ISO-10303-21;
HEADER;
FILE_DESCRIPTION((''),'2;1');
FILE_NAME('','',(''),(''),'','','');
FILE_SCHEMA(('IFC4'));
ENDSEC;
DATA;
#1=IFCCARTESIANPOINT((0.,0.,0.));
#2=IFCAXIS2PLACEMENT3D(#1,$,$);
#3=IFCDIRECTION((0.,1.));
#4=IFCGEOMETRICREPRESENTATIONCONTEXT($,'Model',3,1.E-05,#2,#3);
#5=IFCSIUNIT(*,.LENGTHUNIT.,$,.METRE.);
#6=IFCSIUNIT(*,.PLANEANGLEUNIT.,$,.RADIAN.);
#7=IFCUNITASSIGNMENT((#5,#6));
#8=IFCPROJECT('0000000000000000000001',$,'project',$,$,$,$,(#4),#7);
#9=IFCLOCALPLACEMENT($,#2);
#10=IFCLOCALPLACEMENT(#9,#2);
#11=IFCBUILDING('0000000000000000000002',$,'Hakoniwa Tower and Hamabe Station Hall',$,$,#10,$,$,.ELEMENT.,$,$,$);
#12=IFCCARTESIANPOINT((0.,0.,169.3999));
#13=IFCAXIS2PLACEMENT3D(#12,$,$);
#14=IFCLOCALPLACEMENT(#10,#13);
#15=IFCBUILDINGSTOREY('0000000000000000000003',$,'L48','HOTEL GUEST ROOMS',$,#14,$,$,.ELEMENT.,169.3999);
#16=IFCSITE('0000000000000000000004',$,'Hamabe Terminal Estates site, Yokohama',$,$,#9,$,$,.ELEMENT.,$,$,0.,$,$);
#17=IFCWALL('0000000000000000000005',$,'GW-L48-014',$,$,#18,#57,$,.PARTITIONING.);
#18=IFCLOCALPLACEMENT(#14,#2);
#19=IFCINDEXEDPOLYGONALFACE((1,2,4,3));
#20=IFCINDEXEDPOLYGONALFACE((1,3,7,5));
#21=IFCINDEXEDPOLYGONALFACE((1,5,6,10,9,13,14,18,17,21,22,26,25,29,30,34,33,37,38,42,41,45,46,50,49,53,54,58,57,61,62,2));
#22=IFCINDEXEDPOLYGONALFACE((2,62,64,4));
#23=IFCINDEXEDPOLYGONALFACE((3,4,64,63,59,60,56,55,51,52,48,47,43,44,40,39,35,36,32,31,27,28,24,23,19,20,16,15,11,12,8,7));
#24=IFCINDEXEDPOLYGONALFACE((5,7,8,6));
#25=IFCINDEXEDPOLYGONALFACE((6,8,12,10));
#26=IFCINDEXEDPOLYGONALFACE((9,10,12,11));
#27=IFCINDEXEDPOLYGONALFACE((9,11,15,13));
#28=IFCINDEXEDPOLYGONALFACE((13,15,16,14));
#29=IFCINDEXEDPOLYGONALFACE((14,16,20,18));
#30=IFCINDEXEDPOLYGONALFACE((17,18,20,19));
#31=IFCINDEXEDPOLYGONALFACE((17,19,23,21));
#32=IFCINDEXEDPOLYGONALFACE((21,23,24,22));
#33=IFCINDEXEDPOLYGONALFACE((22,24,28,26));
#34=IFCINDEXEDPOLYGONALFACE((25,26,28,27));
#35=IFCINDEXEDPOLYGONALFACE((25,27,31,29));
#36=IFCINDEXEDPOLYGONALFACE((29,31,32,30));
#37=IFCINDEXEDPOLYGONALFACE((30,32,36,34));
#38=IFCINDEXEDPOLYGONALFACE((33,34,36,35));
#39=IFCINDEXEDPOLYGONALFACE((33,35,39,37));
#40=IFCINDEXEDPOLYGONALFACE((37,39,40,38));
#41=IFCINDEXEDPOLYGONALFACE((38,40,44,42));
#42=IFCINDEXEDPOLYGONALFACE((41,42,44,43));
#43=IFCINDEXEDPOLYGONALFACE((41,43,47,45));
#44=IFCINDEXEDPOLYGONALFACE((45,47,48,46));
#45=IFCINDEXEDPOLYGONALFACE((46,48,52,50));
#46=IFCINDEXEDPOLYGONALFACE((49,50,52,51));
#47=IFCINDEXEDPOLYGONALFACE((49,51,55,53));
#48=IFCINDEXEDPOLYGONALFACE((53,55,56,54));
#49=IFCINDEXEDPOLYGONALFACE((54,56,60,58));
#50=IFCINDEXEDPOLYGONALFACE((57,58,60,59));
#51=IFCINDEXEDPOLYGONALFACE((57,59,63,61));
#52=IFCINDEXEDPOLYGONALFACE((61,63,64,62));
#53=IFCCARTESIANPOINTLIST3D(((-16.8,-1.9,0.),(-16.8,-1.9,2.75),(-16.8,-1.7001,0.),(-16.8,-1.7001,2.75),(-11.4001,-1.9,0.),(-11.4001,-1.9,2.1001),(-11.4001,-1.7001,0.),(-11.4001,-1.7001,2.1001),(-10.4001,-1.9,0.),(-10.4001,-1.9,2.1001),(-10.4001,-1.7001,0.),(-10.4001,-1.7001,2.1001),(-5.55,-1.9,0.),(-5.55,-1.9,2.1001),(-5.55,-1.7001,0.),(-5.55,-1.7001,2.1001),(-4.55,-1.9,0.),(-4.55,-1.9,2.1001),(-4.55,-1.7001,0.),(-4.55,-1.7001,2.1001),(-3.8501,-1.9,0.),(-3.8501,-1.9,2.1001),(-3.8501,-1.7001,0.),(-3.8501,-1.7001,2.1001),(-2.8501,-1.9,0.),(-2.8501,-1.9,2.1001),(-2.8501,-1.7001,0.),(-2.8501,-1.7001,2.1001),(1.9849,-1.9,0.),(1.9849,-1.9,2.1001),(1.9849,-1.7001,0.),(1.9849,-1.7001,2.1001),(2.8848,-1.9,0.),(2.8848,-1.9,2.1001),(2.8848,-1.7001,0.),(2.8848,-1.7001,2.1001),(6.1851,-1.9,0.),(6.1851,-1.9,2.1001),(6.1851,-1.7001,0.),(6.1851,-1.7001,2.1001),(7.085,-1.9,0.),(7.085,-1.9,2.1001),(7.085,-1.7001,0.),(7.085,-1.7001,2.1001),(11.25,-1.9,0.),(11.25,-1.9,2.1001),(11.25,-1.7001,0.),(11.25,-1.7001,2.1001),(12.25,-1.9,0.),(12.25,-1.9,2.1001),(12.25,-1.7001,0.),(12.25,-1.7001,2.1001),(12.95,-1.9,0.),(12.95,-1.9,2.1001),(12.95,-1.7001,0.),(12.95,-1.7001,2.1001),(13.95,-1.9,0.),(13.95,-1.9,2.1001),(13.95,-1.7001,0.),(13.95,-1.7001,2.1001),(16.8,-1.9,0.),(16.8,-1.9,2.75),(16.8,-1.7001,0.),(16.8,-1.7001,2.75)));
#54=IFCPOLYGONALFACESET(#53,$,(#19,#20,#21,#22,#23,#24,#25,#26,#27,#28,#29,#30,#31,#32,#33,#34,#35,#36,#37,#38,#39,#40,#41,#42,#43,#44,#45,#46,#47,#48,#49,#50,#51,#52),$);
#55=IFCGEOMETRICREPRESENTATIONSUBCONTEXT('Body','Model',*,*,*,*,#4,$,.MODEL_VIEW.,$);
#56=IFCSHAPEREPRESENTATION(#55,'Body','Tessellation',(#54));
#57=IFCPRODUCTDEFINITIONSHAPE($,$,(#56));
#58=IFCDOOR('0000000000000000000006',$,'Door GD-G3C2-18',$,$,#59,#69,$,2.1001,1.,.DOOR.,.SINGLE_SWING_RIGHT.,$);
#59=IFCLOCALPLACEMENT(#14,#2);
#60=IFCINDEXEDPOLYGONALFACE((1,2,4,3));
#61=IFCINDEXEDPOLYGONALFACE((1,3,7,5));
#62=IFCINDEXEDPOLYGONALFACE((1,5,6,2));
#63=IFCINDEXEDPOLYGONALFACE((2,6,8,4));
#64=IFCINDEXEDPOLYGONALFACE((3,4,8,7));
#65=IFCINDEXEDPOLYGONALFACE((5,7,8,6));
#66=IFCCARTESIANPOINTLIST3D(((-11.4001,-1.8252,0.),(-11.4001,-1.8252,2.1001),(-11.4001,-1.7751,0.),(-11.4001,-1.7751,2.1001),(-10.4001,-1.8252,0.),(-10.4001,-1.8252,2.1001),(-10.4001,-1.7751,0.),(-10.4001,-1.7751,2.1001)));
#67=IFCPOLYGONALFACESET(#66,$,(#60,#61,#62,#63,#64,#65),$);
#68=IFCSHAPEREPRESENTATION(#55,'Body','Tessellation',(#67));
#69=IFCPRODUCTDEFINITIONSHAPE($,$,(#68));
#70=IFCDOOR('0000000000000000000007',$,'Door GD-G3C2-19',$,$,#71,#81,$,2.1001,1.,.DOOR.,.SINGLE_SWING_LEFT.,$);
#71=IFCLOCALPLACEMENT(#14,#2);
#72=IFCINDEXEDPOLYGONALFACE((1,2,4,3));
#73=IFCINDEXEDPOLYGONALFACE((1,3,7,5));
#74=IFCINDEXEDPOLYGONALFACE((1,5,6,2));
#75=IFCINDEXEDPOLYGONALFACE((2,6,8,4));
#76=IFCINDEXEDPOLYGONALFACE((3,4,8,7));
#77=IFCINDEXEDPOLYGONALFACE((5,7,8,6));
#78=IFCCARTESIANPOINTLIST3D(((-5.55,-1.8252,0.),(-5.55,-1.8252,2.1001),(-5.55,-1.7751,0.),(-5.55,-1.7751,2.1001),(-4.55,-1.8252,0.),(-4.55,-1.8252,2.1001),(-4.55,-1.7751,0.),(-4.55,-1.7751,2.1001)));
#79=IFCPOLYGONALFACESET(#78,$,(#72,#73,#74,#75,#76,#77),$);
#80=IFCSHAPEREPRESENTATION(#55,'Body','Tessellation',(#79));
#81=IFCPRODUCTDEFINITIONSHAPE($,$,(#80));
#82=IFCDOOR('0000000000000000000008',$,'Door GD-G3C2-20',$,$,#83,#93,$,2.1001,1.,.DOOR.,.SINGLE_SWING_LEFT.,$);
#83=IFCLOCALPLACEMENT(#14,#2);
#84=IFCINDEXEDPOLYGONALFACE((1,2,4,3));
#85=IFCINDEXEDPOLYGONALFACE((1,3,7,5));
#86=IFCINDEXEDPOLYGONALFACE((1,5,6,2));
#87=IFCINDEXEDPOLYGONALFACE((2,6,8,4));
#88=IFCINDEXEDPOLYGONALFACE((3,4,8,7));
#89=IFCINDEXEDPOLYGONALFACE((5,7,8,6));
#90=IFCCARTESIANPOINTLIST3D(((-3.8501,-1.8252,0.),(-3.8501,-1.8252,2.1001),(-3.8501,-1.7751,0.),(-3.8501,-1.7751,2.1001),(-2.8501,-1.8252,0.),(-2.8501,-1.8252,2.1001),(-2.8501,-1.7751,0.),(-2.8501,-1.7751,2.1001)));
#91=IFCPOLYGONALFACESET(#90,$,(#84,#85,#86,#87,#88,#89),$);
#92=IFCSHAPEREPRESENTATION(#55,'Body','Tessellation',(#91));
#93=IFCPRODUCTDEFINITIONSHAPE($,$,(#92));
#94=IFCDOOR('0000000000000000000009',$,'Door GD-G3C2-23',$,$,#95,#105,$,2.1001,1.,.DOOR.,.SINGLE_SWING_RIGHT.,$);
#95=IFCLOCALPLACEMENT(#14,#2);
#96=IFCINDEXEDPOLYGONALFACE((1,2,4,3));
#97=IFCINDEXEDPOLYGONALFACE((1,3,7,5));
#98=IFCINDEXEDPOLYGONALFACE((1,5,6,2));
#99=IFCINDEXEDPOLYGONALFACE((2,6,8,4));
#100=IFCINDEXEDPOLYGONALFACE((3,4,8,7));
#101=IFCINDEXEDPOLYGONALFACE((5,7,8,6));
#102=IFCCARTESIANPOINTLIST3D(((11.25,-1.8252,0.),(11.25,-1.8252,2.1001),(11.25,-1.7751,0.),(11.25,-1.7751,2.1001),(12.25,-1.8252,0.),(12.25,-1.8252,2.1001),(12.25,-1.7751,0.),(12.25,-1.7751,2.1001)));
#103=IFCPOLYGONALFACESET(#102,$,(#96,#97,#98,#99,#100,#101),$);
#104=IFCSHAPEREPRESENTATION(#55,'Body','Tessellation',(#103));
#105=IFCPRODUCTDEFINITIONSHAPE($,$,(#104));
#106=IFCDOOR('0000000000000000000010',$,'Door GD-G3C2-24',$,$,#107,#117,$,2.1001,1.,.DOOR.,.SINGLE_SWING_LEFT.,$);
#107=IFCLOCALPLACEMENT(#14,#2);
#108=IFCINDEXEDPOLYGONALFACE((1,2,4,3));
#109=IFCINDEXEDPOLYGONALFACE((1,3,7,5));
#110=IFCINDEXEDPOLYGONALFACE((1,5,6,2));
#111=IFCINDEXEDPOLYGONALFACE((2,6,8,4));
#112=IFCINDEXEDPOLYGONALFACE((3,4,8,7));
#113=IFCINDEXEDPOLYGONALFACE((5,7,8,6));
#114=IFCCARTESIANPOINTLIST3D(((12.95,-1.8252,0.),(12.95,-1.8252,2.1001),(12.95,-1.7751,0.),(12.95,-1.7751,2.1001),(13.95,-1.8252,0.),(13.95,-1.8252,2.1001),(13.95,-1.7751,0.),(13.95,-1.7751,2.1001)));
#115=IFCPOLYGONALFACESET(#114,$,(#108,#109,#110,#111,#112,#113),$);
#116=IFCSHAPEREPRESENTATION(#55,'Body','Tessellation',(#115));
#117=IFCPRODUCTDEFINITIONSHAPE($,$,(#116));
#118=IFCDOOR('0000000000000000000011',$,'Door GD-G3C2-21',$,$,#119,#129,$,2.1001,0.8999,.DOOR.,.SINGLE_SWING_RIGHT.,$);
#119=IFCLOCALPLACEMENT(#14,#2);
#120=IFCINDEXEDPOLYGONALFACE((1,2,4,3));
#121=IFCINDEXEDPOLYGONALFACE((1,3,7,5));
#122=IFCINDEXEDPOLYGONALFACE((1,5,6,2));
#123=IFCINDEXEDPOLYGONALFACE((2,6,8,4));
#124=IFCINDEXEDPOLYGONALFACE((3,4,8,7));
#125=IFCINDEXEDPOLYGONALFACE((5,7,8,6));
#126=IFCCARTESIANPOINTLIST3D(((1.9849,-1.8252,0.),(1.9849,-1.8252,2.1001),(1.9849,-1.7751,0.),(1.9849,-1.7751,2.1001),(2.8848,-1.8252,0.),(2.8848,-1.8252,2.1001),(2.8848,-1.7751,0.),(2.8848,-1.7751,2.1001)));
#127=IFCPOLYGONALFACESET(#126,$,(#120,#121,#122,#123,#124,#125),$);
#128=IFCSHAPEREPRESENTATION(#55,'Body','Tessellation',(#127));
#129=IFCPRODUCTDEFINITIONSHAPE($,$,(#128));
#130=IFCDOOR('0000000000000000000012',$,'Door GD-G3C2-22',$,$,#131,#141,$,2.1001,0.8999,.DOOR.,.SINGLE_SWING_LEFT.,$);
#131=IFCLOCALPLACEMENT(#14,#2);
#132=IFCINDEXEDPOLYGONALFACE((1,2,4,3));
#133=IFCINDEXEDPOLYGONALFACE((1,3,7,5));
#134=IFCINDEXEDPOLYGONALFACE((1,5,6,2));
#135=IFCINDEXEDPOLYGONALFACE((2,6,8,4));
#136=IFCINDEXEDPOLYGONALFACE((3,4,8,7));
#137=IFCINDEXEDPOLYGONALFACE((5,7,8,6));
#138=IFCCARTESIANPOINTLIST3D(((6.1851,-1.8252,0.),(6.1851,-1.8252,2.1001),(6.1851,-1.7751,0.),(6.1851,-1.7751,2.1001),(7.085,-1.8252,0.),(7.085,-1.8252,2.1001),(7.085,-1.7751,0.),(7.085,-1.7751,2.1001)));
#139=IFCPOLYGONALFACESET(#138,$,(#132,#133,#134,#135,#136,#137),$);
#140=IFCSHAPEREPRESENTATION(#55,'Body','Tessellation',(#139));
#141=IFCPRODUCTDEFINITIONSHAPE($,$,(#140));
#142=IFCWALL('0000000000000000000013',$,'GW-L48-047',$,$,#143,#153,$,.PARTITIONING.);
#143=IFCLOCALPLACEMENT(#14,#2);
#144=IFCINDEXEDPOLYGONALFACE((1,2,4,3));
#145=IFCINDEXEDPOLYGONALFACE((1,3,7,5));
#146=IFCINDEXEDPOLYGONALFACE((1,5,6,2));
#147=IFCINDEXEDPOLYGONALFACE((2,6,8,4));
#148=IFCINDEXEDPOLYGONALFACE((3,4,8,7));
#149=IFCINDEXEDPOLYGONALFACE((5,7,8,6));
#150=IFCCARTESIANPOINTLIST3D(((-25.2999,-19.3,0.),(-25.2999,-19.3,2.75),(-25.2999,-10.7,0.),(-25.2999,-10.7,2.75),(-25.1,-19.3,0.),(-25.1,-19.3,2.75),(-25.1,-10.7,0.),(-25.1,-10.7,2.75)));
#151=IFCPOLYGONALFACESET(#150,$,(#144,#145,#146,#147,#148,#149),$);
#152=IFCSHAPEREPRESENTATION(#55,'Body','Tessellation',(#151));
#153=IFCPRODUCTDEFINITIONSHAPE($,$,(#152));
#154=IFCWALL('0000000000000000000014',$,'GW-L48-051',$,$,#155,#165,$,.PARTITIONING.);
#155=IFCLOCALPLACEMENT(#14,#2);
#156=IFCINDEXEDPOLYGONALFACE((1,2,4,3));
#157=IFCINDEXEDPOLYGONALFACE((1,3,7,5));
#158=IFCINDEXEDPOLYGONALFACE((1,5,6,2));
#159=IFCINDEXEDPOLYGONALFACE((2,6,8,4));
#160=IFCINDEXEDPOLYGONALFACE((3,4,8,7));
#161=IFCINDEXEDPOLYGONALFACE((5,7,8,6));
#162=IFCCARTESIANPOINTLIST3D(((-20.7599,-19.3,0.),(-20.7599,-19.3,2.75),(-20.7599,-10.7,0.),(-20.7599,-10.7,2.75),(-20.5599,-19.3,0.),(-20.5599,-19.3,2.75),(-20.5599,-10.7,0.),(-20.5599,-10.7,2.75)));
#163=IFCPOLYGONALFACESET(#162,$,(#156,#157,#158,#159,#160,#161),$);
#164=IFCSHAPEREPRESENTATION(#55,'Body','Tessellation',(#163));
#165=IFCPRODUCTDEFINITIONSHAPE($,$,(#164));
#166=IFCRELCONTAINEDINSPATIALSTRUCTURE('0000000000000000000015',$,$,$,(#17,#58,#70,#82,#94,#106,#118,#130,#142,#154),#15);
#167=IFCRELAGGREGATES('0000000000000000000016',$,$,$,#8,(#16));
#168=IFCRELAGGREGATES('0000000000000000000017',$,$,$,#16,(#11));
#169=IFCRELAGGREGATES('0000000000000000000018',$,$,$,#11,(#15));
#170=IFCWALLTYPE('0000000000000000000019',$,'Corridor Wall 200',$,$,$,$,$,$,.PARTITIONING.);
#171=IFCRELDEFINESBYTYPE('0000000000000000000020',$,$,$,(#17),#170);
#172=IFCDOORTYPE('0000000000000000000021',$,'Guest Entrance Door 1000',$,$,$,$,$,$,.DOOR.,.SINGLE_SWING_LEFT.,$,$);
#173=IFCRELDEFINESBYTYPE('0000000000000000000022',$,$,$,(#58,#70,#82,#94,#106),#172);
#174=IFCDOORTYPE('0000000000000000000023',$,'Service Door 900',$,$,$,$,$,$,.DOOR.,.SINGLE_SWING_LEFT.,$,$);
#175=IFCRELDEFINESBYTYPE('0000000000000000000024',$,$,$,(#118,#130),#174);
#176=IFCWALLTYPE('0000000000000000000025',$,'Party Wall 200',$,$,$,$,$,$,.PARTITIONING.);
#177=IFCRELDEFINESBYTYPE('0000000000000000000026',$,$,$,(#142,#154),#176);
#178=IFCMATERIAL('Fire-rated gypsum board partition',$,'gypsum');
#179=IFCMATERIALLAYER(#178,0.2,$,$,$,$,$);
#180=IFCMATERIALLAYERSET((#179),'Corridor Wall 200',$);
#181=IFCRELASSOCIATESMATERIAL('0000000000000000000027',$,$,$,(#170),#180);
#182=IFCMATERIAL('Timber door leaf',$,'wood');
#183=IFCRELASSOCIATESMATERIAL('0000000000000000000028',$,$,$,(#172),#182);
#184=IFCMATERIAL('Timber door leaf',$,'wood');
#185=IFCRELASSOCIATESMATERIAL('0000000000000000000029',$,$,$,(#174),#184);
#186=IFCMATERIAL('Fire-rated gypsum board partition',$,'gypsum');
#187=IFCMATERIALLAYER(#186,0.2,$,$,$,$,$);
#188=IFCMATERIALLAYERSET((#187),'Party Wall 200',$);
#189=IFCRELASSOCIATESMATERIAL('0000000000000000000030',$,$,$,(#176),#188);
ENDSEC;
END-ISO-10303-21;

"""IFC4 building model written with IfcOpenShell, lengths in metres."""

from ifc_helpers import new_model, si_unit, direction, frame, frame_2d, origin, place, context, subcontext, project, spatial, rectangle, extrude, material, layer, layer_set, type_object, element, fill, save


model = new_model("IFC4")

# Units and contexts
model_context = context("Model", 3, precision=1e-05, world=origin(), true_north=direction((0.0, 1.0)))
body_context = subcontext(model_context, "Body", "Model", "MODEL_VIEW")
ifc_project = project(units=[si_unit("LENGTHUNIT", "METRE"), si_unit("PLANEANGLEUNIT", "RADIAN")], contexts=[model_context])

# Site, building, storey
site_placement = place(None, origin())
site = spatial("IfcSite", under=ifc_project, at=site_placement, Name="Hamabe Terminal Estates site, Yokohama", CompositionType="ELEMENT", RefElevation=0.0)
building_placement = place(site_placement, origin())
building = spatial("IfcBuilding", under=site, at=building_placement, Name="Hakoniwa Tower and Hamabe Station Hall", CompositionType="ELEMENT")
storey_placement = place(building_placement, frame((0.0, 0.0, 169.3999)))
storey = spatial("IfcBuildingStorey", under=building, at=storey_placement, Name="L48", Description="HOTEL GUEST ROOMS", CompositionType="ELEMENT", Elevation=169.3999)

# Wall, openings, doors
ifc_material_1 = material(Name="Fire-rated gypsum board partition", Category="gypsum")
ifc_layer_1 = layer(ifc_material_1, 0.2)
ifc_layer_set_1 = layer_set([ifc_layer_1], Name="Corridor Wall 200")
wall_type_1 = type_object("IfcWallType", Name="Corridor Wall 200", PredefinedType="PARTITIONING", material=ifc_layer_set_1)
wall_1_placement = place(storey_placement, frame((-16.8, -1.8, 0.0), z_axis=(0.0, 0.0, 1.0), x_axis=(1.0, 0.0, 0.0)))
wall_1 = element("IfcWall", 1, at=wall_1_placement, inside=storey, type_object=wall_type_1, Name="GW-L48-014", PredefinedType="PARTITIONING", context=body_context, shape_type="SweptSolid", body=[
    extrude(rectangle(XDim=33.6001, YDim=0.2, at=frame_2d((16.8, 0.0))), origin(), (0.0, 0.0, 1.0), 2.75),
])
opening_1_placement = place(wall_1_placement, frame((5.3999, 0.0, 0.0)))
opening_1 = element("IfcOpeningElement", 2, at=opening_1_placement, cuts=wall_1, PredefinedType="OPENING", context=body_context, shape_type="SweptSolid", body=[
    extrude(rectangle(XDim=1.0, YDim=2.1001, at=frame_2d((0.5, 1.05))), frame((0.0, 0.1099, 0.0), z_axis=(0.0, -1.0, 0.0), x_axis=(1.0, 0.0, 0.0)), (0.0, 0.0, 1.0), 0.22),
])
opening_2_placement = place(wall_1_placement, frame((11.25, 0.0, 0.0)))
opening_2 = element("IfcOpeningElement", 3, at=opening_2_placement, cuts=wall_1, PredefinedType="OPENING", context=body_context, shape_type="SweptSolid", body=[
    extrude(rectangle(XDim=1.0, YDim=2.1001, at=frame_2d((0.5, 1.05))), frame((0.0, 0.1099, 0.0), z_axis=(0.0, -1.0, 0.0), x_axis=(1.0, 0.0, 0.0)), (0.0, 0.0, 1.0), 0.22),
])
opening_3_placement = place(wall_1_placement, frame((12.95, 0.0, 0.0)))
opening_3 = element("IfcOpeningElement", 4, at=opening_3_placement, cuts=wall_1, PredefinedType="OPENING", context=body_context, shape_type="SweptSolid", body=[
    extrude(rectangle(XDim=1.0, YDim=2.1001, at=frame_2d((0.5, 1.05))), frame((0.0, 0.1099, 0.0), z_axis=(0.0, -1.0, 0.0), x_axis=(1.0, 0.0, 0.0)), (0.0, 0.0, 1.0), 0.22),
])
opening_4_placement = place(wall_1_placement, frame((18.7849, 0.0, 0.0)))
opening_4 = element("IfcOpeningElement", 5, at=opening_4_placement, cuts=wall_1, PredefinedType="OPENING", context=body_context, shape_type="SweptSolid", body=[
    extrude(rectangle(XDim=0.8999, YDim=2.1001, at=frame_2d((0.45, 1.05))), frame((0.0, 0.1099, 0.0), z_axis=(0.0, -1.0, 0.0), x_axis=(1.0, 0.0, 0.0)), (0.0, 0.0, 1.0), 0.22),
])
opening_5_placement = place(wall_1_placement, frame((22.9851, 0.0, 0.0)))
opening_5 = element("IfcOpeningElement", 6, at=opening_5_placement, cuts=wall_1, PredefinedType="OPENING", context=body_context, shape_type="SweptSolid", body=[
    extrude(rectangle(XDim=0.8999, YDim=2.1001, at=frame_2d((0.45, 1.05))), frame((0.0, 0.1099, 0.0), z_axis=(0.0, -1.0, 0.0), x_axis=(1.0, 0.0, 0.0)), (0.0, 0.0, 1.0), 0.22),
])
opening_6_placement = place(wall_1_placement, frame((28.05, 0.0, 0.0)))
opening_6 = element("IfcOpeningElement", 7, at=opening_6_placement, cuts=wall_1, PredefinedType="OPENING", context=body_context, shape_type="SweptSolid", body=[
    extrude(rectangle(XDim=1.0, YDim=2.1001, at=frame_2d((0.5, 1.05))), frame((0.0, 0.1099, 0.0), z_axis=(0.0, -1.0, 0.0), x_axis=(1.0, 0.0, 0.0)), (0.0, 0.0, 1.0), 0.22),
])
opening_7_placement = place(wall_1_placement, frame((29.75, 0.0, 0.0)))
opening_7 = element("IfcOpeningElement", 8, at=opening_7_placement, cuts=wall_1, PredefinedType="OPENING", context=body_context, shape_type="SweptSolid", body=[
    extrude(rectangle(XDim=1.0, YDim=2.1001, at=frame_2d((0.5, 1.05))), frame((0.0, 0.1099, 0.0), z_axis=(0.0, -1.0, 0.0), x_axis=(1.0, 0.0, 0.0)), (0.0, 0.0, 1.0), 0.22),
])
ifc_material_2 = material(Name="Timber door leaf", Category="wood")
door_type_1 = type_object("IfcDoorType", Name="Guest Entrance Door 1000", OperationType="SINGLE_SWING_LEFT", PredefinedType="DOOR", material=ifc_material_2)
door_1_placement = place(opening_1_placement, origin())
door_1 = element("IfcDoor", 9, at=door_1_placement, inside=storey, type_object=door_type_1, Name="Door GD-G3C2-18", OperationType="SINGLE_SWING_RIGHT", OverallHeight=2.1001, OverallWidth=1.0, PredefinedType="DOOR", context=body_context, shape_type="SweptSolid", body=[
    extrude(rectangle(XDim=1.0, YDim=2.1001, at=frame_2d((0.5, 1.05))), frame((0.0, 0.0249, 0.0), z_axis=(0.0, -1.0, 0.0), x_axis=(1.0, 0.0, 0.0)), (0.0, 0.0, 1.0), 0.05),
])
fill(opening_1, door_1)
door_2_placement = place(opening_2_placement, origin())
door_2 = element("IfcDoor", 10, at=door_2_placement, inside=storey, type_object=door_type_1, Name="Door GD-G3C2-19", OperationType="SINGLE_SWING_LEFT", OverallHeight=2.1001, OverallWidth=1.0, PredefinedType="DOOR", context=body_context, shape_type="SweptSolid", body=[
    extrude(rectangle(XDim=1.0, YDim=2.1001, at=frame_2d((0.5, 1.05))), frame((0.0, 0.0249, 0.0), z_axis=(0.0, -1.0, 0.0), x_axis=(1.0, 0.0, 0.0)), (0.0, 0.0, 1.0), 0.05),
])
fill(opening_2, door_2)
door_3_placement = place(opening_3_placement, origin())
door_3 = element("IfcDoor", 11, at=door_3_placement, inside=storey, type_object=door_type_1, Name="Door GD-G3C2-20", OperationType="SINGLE_SWING_LEFT", OverallHeight=2.1001, OverallWidth=1.0, PredefinedType="DOOR", context=body_context, shape_type="SweptSolid", body=[
    extrude(rectangle(XDim=1.0, YDim=2.1001, at=frame_2d((0.5, 1.05))), frame((0.0, 0.0249, 0.0), z_axis=(0.0, -1.0, 0.0), x_axis=(1.0, 0.0, 0.0)), (0.0, 0.0, 1.0), 0.05),
])
fill(opening_3, door_3)
door_4_placement = place(opening_6_placement, origin())
door_4 = element("IfcDoor", 12, at=door_4_placement, inside=storey, type_object=door_type_1, Name="Door GD-G3C2-23", OperationType="SINGLE_SWING_RIGHT", OverallHeight=2.1001, OverallWidth=1.0, PredefinedType="DOOR", context=body_context, shape_type="SweptSolid", body=[
    extrude(rectangle(XDim=1.0, YDim=2.1001, at=frame_2d((0.5, 1.05))), frame((0.0, 0.0249, 0.0), z_axis=(0.0, -1.0, 0.0), x_axis=(1.0, 0.0, 0.0)), (0.0, 0.0, 1.0), 0.05),
])
fill(opening_6, door_4)
door_5_placement = place(opening_7_placement, origin())
door_5 = element("IfcDoor", 13, at=door_5_placement, inside=storey, type_object=door_type_1, Name="Door GD-G3C2-24", OperationType="SINGLE_SWING_LEFT", OverallHeight=2.1001, OverallWidth=1.0, PredefinedType="DOOR", context=body_context, shape_type="SweptSolid", body=[
    extrude(rectangle(XDim=1.0, YDim=2.1001, at=frame_2d((0.5, 1.05))), frame((0.0, 0.0249, 0.0), z_axis=(0.0, -1.0, 0.0), x_axis=(1.0, 0.0, 0.0)), (0.0, 0.0, 1.0), 0.05),
])
fill(opening_7, door_5)
ifc_material_3 = material(Name="Timber door leaf", Category="wood")
door_type_2 = type_object("IfcDoorType", Name="Service Door 900", OperationType="SINGLE_SWING_LEFT", PredefinedType="DOOR", material=ifc_material_3)
door_6_placement = place(opening_4_placement, origin())
door_6 = element("IfcDoor", 14, at=door_6_placement, inside=storey, type_object=door_type_2, Name="Door GD-G3C2-21", OperationType="SINGLE_SWING_RIGHT", OverallHeight=2.1001, OverallWidth=0.8999, PredefinedType="DOOR", context=body_context, shape_type="SweptSolid", body=[
    extrude(rectangle(XDim=0.8999, YDim=2.1001, at=frame_2d((0.45, 1.05))), frame((0.0, 0.0249, 0.0), z_axis=(0.0, -1.0, 0.0), x_axis=(1.0, 0.0, 0.0)), (0.0, 0.0, 1.0), 0.05),
])
fill(opening_4, door_6)
door_7_placement = place(opening_5_placement, origin())
door_7 = element("IfcDoor", 15, at=door_7_placement, inside=storey, type_object=door_type_2, Name="Door GD-G3C2-22", OperationType="SINGLE_SWING_LEFT", OverallHeight=2.1001, OverallWidth=0.8999, PredefinedType="DOOR", context=body_context, shape_type="SweptSolid", body=[
    extrude(rectangle(XDim=0.8999, YDim=2.1001, at=frame_2d((0.45, 1.05))), frame((0.0, 0.0249, 0.0), z_axis=(0.0, -1.0, 0.0), x_axis=(1.0, 0.0, 0.0)), (0.0, 0.0, 1.0), 0.05),
])
fill(opening_5, door_7)

# Walls
ifc_material_4 = material(Name="Fire-rated gypsum board partition", Category="gypsum")
ifc_layer_2 = layer(ifc_material_4, 0.2)
ifc_layer_set_2 = layer_set([ifc_layer_2], Name="Party Wall 200")
wall_type_2 = type_object("IfcWallType", Name="Party Wall 200", PredefinedType="PARTITIONING", material=ifc_layer_set_2)
for number, where, z_axis, x_axis, name in (
    (16, (-25.2, -19.3, 0.0), (0.0, 0.0, 1.0), (0.0, 1.0, 0.0), "GW-L48-047"),
    (17, (-20.6599, -19.3, 0.0), (0.0, 0.0, 1.0), (0.0, 1.0, 0.0), "GW-L48-051"),
):
    element("IfcWall", number, at=place(storey_placement, frame(where, z_axis=z_axis, x_axis=x_axis)), inside=storey, type_object=wall_type_2, Name=name, PredefinedType="PARTITIONING", context=body_context, shape_type="SweptSolid", body=[
        extrude(rectangle(XDim=8.6001, YDim=0.2, at=frame_2d((4.3, 0.0))), origin(), (0.0, 0.0, 1.0), 2.75),
    ])

save(model, "model.ifc")
